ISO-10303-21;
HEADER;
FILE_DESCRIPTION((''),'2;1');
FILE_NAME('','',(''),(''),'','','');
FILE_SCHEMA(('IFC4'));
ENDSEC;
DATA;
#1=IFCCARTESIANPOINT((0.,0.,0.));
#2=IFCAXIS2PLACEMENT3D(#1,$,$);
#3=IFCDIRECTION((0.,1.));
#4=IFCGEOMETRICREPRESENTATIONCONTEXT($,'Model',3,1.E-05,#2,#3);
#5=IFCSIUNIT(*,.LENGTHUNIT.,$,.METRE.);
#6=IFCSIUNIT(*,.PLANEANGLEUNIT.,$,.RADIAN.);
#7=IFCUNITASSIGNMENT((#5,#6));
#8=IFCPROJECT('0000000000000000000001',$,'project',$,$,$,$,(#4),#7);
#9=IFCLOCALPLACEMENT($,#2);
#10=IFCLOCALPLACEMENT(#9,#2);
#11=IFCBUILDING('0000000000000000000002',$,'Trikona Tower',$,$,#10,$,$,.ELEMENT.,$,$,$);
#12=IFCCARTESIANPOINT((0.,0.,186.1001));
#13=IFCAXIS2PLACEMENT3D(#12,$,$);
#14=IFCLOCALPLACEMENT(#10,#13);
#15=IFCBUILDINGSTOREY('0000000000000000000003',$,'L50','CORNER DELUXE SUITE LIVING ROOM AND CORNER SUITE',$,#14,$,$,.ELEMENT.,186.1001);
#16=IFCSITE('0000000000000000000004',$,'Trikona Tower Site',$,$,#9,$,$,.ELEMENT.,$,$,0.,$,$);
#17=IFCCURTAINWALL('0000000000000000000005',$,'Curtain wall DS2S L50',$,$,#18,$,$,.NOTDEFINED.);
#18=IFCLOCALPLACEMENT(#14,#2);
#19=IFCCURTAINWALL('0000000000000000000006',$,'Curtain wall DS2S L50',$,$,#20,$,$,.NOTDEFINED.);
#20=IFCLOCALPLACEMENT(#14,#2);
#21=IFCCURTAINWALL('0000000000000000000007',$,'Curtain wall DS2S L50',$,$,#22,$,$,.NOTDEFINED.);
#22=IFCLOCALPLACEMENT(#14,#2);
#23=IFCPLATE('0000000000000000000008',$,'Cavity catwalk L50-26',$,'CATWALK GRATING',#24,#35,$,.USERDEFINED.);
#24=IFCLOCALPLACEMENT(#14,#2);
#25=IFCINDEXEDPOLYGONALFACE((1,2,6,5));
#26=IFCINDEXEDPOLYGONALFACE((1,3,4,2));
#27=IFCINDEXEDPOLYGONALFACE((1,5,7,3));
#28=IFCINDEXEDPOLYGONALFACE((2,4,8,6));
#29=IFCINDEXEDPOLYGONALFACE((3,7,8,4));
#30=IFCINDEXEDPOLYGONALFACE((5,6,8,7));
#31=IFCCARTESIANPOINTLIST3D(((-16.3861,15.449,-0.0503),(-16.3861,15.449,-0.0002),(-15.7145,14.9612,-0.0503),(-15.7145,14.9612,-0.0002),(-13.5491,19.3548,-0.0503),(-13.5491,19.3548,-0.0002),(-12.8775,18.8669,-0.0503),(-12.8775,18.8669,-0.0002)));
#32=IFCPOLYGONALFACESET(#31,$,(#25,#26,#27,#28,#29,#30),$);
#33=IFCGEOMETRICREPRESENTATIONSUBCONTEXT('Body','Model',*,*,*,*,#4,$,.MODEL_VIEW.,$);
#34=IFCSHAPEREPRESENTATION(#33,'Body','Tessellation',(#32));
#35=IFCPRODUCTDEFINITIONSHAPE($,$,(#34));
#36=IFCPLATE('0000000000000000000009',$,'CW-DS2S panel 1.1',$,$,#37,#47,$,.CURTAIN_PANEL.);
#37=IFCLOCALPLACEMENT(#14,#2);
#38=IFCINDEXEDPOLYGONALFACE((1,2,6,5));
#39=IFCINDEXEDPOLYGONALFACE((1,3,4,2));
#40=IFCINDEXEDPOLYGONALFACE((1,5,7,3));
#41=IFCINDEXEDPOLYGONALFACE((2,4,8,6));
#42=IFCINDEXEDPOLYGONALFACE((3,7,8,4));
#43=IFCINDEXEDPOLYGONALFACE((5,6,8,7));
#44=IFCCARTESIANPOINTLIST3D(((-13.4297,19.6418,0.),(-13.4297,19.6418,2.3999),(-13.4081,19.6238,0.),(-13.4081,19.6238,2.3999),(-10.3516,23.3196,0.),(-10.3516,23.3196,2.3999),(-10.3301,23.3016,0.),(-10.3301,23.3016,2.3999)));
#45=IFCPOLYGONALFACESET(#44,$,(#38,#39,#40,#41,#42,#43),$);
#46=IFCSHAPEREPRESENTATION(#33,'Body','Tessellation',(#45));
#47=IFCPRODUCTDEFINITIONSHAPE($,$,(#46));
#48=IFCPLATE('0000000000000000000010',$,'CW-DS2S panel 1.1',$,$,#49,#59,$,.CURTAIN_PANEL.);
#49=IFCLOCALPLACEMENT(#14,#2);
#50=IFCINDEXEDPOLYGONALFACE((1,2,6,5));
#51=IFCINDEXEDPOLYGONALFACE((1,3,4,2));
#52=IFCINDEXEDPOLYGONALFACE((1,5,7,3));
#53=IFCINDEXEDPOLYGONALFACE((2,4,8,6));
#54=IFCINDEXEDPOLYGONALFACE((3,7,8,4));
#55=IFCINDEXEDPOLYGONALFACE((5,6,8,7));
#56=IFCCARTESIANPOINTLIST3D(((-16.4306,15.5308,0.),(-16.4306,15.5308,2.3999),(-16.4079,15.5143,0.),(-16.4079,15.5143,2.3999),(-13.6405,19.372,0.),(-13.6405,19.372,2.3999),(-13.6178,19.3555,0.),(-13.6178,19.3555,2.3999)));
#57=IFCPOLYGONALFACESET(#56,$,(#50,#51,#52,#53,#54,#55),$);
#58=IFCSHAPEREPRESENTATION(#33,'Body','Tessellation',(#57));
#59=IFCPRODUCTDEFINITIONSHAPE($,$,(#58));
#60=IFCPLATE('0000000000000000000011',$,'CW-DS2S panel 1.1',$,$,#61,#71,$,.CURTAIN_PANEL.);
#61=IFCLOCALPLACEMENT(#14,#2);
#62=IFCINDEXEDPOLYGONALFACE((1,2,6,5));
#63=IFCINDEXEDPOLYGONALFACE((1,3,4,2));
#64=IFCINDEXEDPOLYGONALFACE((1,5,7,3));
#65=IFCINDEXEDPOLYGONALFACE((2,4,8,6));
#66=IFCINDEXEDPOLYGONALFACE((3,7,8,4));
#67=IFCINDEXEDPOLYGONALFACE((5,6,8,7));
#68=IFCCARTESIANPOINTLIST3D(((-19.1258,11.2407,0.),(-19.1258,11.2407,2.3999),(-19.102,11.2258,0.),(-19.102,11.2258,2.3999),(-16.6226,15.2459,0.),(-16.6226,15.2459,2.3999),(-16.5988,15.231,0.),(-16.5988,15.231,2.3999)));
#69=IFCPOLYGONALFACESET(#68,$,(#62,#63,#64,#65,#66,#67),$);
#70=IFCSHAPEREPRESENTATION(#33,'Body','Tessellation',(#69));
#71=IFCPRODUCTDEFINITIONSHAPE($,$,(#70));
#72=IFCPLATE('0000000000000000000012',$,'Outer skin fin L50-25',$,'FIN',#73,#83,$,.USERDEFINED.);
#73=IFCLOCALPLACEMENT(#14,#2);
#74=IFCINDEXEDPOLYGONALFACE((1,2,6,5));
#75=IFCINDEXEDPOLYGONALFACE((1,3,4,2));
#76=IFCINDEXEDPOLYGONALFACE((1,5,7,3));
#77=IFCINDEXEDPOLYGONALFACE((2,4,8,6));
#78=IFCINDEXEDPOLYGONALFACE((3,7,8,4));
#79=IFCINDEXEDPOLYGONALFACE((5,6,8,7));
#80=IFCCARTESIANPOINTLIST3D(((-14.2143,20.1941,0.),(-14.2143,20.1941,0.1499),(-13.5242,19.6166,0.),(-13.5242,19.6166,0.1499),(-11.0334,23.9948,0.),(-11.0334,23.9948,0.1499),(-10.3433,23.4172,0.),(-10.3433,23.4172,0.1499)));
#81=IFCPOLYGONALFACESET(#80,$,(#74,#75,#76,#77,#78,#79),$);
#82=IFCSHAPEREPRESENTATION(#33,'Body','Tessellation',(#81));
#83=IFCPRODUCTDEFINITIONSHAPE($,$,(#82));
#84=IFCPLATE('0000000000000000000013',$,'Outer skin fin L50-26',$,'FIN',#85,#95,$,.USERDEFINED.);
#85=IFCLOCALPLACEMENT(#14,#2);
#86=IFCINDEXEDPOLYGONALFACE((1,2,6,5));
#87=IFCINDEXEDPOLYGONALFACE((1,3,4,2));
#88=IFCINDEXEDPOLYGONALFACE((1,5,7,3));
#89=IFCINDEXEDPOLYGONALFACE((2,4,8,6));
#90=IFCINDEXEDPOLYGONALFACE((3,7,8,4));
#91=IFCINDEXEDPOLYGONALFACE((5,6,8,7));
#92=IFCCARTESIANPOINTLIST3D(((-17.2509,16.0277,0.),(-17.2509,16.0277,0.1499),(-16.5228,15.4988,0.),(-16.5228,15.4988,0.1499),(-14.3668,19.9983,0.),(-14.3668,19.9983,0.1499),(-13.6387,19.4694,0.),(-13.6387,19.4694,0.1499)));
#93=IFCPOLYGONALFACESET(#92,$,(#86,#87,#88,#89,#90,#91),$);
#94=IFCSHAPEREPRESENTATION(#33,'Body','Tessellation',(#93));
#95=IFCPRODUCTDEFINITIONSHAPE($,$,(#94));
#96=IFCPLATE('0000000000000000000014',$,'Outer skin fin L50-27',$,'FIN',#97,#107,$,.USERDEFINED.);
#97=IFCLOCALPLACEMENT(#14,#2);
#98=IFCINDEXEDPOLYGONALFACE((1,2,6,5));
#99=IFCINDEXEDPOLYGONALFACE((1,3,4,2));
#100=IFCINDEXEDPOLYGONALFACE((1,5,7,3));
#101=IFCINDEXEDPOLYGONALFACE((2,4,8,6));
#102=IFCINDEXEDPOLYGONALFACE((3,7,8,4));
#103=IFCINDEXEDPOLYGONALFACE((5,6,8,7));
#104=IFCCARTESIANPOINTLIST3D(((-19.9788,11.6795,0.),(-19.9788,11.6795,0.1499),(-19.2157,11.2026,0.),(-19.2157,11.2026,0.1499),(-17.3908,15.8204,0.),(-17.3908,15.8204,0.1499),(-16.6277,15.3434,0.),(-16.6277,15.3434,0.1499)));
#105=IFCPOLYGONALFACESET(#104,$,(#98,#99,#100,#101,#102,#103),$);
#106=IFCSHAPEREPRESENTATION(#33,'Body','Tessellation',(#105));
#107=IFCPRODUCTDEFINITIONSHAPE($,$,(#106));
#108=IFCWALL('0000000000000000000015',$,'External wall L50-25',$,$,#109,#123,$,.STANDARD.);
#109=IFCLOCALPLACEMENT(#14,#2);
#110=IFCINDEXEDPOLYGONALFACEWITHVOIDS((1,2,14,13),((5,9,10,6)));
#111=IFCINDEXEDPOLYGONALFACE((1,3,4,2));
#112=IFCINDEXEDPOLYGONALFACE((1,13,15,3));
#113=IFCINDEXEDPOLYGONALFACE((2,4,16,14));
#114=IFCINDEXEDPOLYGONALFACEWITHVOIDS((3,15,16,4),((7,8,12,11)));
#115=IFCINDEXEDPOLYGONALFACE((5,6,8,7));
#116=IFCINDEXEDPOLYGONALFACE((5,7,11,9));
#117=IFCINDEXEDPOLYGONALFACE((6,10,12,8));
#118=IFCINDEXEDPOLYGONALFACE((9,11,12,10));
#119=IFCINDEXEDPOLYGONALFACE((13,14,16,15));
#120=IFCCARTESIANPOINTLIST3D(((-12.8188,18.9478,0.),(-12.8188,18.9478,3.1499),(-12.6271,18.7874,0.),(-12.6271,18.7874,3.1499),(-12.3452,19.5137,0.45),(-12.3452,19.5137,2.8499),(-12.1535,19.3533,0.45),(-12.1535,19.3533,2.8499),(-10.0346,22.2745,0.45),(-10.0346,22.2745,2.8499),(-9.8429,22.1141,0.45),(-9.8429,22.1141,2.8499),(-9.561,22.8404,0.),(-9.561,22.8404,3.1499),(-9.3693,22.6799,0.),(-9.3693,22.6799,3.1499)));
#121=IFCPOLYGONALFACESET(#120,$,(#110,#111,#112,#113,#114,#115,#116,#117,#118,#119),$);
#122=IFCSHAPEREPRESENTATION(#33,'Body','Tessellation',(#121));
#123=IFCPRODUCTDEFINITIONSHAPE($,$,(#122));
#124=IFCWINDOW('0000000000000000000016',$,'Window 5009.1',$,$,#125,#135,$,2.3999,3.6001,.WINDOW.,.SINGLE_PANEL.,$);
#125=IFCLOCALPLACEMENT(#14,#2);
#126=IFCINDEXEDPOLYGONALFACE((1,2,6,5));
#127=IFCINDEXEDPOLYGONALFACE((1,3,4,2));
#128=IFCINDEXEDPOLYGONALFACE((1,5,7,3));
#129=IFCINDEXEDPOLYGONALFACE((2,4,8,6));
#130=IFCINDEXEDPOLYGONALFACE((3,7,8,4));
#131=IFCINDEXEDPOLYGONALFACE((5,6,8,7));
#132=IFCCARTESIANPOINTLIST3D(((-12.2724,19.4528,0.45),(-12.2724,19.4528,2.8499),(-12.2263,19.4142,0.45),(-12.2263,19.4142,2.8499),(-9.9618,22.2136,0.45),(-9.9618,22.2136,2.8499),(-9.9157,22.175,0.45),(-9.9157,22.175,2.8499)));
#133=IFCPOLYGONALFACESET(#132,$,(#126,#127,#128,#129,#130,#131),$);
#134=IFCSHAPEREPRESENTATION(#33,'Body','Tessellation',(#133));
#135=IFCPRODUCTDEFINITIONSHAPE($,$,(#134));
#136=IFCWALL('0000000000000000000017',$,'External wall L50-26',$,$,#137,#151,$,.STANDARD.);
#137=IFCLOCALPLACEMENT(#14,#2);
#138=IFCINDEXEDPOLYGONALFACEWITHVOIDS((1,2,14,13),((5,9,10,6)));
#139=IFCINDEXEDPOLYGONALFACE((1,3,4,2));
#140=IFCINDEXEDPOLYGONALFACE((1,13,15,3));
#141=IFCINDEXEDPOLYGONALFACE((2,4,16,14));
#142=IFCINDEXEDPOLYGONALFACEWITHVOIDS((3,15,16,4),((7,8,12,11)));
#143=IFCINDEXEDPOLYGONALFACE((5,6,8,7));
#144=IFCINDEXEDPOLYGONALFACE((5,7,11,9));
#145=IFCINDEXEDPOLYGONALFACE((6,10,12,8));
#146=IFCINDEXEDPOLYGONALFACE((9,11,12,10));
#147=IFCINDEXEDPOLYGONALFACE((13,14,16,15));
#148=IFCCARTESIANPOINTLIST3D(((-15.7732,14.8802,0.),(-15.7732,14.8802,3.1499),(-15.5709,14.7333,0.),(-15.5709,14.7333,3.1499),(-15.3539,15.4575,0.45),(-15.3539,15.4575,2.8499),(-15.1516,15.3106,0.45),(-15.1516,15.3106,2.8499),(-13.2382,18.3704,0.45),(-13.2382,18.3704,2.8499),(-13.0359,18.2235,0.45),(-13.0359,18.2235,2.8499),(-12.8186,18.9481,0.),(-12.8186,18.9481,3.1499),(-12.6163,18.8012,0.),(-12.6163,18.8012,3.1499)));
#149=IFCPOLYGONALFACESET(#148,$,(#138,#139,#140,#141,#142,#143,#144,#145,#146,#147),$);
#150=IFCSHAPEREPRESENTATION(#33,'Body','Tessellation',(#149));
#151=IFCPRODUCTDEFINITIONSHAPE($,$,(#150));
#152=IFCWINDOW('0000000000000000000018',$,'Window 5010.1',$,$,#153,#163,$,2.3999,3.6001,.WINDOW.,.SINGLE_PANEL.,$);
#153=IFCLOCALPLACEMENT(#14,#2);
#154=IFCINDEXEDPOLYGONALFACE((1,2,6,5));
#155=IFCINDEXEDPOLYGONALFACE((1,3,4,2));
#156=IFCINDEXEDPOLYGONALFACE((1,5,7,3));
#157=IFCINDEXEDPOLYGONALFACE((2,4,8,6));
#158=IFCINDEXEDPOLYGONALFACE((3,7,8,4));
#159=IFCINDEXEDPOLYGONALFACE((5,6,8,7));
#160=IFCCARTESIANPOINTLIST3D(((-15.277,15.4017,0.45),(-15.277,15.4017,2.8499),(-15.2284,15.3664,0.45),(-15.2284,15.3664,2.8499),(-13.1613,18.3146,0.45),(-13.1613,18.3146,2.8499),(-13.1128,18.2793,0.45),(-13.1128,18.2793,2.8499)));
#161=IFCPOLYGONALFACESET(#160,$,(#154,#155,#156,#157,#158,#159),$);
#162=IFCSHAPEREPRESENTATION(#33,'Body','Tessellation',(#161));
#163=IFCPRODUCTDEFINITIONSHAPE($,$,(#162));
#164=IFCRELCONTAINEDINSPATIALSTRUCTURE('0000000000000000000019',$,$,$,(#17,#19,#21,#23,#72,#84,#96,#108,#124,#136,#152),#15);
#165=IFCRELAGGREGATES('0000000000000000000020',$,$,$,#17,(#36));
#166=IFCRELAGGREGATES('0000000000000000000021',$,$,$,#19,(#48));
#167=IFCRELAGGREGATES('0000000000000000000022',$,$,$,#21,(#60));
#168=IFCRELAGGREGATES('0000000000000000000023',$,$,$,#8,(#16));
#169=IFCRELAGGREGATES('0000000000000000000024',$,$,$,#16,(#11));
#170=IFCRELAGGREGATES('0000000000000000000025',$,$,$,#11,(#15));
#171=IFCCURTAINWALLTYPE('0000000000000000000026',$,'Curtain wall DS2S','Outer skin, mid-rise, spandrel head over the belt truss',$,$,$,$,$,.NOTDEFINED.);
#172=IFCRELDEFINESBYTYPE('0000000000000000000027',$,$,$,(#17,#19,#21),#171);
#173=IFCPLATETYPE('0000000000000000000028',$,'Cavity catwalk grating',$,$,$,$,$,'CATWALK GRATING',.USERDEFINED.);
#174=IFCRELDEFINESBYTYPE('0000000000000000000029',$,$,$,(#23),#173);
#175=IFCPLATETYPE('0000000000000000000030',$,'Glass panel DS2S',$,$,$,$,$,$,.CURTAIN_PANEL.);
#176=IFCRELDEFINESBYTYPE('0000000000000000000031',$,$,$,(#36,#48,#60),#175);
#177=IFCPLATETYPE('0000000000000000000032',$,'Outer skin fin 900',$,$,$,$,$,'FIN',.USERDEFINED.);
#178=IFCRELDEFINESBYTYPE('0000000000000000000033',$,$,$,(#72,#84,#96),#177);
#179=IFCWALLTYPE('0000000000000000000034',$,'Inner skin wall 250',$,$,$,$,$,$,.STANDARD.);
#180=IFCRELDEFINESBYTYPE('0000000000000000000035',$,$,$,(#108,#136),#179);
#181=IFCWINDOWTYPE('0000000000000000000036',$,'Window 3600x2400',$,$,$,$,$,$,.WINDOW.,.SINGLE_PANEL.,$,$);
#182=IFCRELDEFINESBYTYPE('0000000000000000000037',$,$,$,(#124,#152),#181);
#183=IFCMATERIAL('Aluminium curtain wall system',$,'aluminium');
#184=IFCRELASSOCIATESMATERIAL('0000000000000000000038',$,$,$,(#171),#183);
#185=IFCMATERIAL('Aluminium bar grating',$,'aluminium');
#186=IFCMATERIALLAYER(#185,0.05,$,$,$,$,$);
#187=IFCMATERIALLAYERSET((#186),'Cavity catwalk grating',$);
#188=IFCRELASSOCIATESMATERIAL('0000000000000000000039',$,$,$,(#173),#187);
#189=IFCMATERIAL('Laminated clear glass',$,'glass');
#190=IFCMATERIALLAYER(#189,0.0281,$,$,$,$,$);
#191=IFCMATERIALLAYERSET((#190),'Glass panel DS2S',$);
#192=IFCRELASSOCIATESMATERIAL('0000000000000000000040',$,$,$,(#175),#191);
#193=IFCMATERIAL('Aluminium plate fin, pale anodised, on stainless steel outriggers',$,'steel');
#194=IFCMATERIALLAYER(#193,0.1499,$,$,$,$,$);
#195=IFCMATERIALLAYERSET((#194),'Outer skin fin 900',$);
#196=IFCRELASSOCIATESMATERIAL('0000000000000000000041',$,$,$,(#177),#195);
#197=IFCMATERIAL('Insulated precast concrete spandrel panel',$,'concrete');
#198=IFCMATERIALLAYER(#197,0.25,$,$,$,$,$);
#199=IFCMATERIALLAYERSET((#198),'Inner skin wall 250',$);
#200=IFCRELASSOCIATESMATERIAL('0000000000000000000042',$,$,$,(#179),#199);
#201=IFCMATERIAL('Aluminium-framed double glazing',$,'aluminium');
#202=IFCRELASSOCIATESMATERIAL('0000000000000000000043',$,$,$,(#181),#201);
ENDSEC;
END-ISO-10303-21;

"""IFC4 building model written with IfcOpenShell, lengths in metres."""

from ifc_helpers import new_model, si_unit, direction, frame, frame_2d, origin, origin_2d, place, context, subcontext, project, spatial, rectangle, extrude, material, layer, layer_set, type_object, element, fill, aggregate, save


model = new_model("IFC4")

# Units and contexts
model_context = context("Model", 3, precision=1e-05, world=origin(), true_north=direction((0.0, 1.0)))
body_context = subcontext(model_context, "Body", "Model", "MODEL_VIEW")
ifc_project = project(units=[si_unit("LENGTHUNIT", "METRE"), si_unit("PLANEANGLEUNIT", "RADIAN")], contexts=[model_context])

# Site, building, storey
site_placement = place(None, origin())
site = spatial("IfcSite", under=ifc_project, at=site_placement, Name="Trikona Tower Site", CompositionType="ELEMENT", RefElevation=0.0)
building_placement = place(site_placement, origin())
building = spatial("IfcBuilding", under=site, at=building_placement, Name="Trikona Tower", CompositionType="ELEMENT")
storey_placement = place(building_placement, frame((0.0, 0.0, 186.1001)))
storey = spatial("IfcBuildingStorey", under=building, at=storey_placement, Name="L50", Description="CORNER DELUXE SUITE LIVING ROOM AND CORNER SUITE", CompositionType="ELEMENT", Elevation=186.1001)

# Shared definitions
ifc_material_1 = material(Name="Aluminium curtain wall system", Category="aluminium")
curtain_wall_type = type_object("IfcCurtainWallType", Name="Curtain wall DS2S", Description="Outer skin, mid-rise, spandrel head over the belt truss", PredefinedType="NOTDEFINED", material=ifc_material_1)

# Curtain walls
curtain_wall_1_placement = place(storey_placement, origin())
curtain_wall_1 = element("IfcCurtainWall", 1, at=curtain_wall_1_placement, inside=storey, type_object=curtain_wall_type, Name="Curtain wall DS2S L50", PredefinedType="NOTDEFINED")
curtain_wall_2_placement = place(storey_placement, origin())
curtain_wall_2 = element("IfcCurtainWall", 2, at=curtain_wall_2_placement, inside=storey, type_object=curtain_wall_type, Name="Curtain wall DS2S L50", PredefinedType="NOTDEFINED")

# Curtain wall
curtain_wall_3_placement = place(storey_placement, origin())
curtain_wall_3 = element("IfcCurtainWall", 3, at=curtain_wall_3_placement, inside=storey, type_object=curtain_wall_type, Name="Curtain wall DS2S L50", PredefinedType="NOTDEFINED")

# Plate
ifc_material_2 = material(Name="Aluminium bar grating", Category="aluminium")
ifc_layer_1 = layer(ifc_material_2, 0.05)
ifc_layer_set_1 = layer_set([ifc_layer_1], Name="Cavity catwalk grating")
plate_type_1 = type_object("IfcPlateType", Name="Cavity catwalk grating", ElementType="CATWALK GRATING", PredefinedType="USERDEFINED", material=ifc_layer_set_1)
plate_1_placement = place(storey_placement, frame((-14.6318, 17.158, -0.0503), z_axis=(0.0, 0.0, 1.0), x_axis=(-0.587686, -0.809089, 0.0)))
element("IfcPlate", 4, at=plate_1_placement, inside=storey, type_object=plate_type_1, Name="Cavity catwalk L50-26", ObjectType="CATWALK GRATING", PredefinedType="USERDEFINED", context=body_context, shape_type="SweptSolid", body=[
    extrude(rectangle(XDim=4.8274, YDim=0.8301, at=origin_2d()), origin(), (0.0, 0.0, 1.0), 0.05),
])

# Plates
ifc_material_3 = material(Name="Laminated clear glass", Category="glass")
ifc_layer_2 = layer(ifc_material_3, 0.0281)
ifc_layer_set_2 = layer_set([ifc_layer_2], Name="Glass panel DS2S")
plate_type_2 = type_object("IfcPlateType", Name="Glass panel DS2S", PredefinedType="CURTAIN_PANEL", material=ifc_layer_set_2)
plate_2_placement = place(storey_placement, frame((-11.8799, 21.4717, 0.0), z_axis=(0.0, 0.0, 1.0), x_axis=(-0.641806, -0.766867, 0.0)))
plate_2 = element("IfcPlate", 5, at=plate_2_placement, type_object=plate_type_2, Name="CW-DS2S panel 1.1", PredefinedType="CURTAIN_PANEL", context=body_context, shape_type="SweptSolid", body=[
    extrude(rectangle(XDim=4.7959, YDim=0.0281, at=origin_2d()), origin(), (0.0, 0.0, 1.0), 2.3999),
])
aggregate(curtain_wall_1, [plate_2])
plate_3_placement = place(storey_placement, frame((-15.0242, 17.4431, 0.0), z_axis=(0.0, 0.0, 1.0), x_axis=(-0.587691, -0.809086, 0.0)))
plate_3 = element("IfcPlate", 6, at=plate_3_placement, type_object=plate_type_2, Name="CW-DS2S panel 1.1", PredefinedType="CURTAIN_PANEL", context=body_context, shape_type="SweptSolid", body=[
    extrude(rectangle(XDim=4.7476, YDim=0.0281, at=origin_2d()), origin(), (0.0, 0.0, 1.0), 2.3999),
])
aggregate(curtain_wall_2, [plate_3])
plate_4_placement = place(storey_placement, frame((-17.8623, 13.2358, 0.0), z_axis=(0.0, 0.0, 1.0), x_axis=(-0.529999, -0.847998, 0.0)))
plate_4 = element("IfcPlate", 7, at=plate_4_placement, type_object=plate_type_2, Name="CW-DS2S panel 1.1", PredefinedType="CURTAIN_PANEL", context=body_context, shape_type="SweptSolid", body=[
    extrude(rectangle(XDim=4.7231, YDim=0.0281, at=origin_2d()), origin(), (0.0, 0.0, 1.0), 2.3999),
])
aggregate(curtain_wall_3, [plate_4])

# Plates
ifc_material_4 = material(Name="Aluminium plate fin, pale anodised, on stainless steel outriggers", Category="steel")
ifc_layer_3 = layer(ifc_material_4, 0.1499)
ifc_layer_set_3 = layer_set([ifc_layer_3], Name="Outer skin fin 900")
plate_type_3 = type_object("IfcPlateType", Name="Outer skin fin 900", ElementType="FIN", PredefinedType="USERDEFINED", material=ifc_layer_set_3)
plate_5_placement = place(storey_placement, frame((-12.2788, 21.8057, 0.0), z_axis=(0.0, 0.0, 1.0), x_axis=(-0.641807, -0.766866, 0.0)))
element("IfcPlate", 8, at=plate_5_placement, inside=storey, type_object=plate_type_3, Name="Outer skin fin L50-25", ObjectType="FIN", PredefinedType="USERDEFINED", context=body_context, shape_type="SweptSolid", body=[
    extrude(rectangle(XDim=4.9561, YDim=0.8999, at=origin_2d()), origin(), (0.0, 0.0, 1.0), 0.1499),
])
plate_6_placement = place(storey_placement, frame((-15.4448, 17.7485, 0.0), z_axis=(0.0, 0.0, 1.0), x_axis=(-0.587686, -0.809089, 0.0)))
element("IfcPlate", 9, at=plate_6_placement, inside=storey, type_object=plate_type_3, Name="Outer skin fin L50-26", ObjectType="FIN", PredefinedType="USERDEFINED", context=body_context, shape_type="SweptSolid", body=[
    extrude(rectangle(XDim=4.9075, YDim=0.8999, at=origin_2d()), origin(), (0.0, 0.0, 1.0), 0.1499),
])
plate_7_placement = place(storey_placement, frame((-18.3032, 13.5115, 0.0), z_axis=(0.0, 0.0, 1.0), x_axis=(-0.529995, -0.848001, 0.0)))
element("IfcPlate", 10, at=plate_7_placement, inside=storey, type_object=plate_type_3, Name="Outer skin fin L50-27", ObjectType="FIN", PredefinedType="USERDEFINED", context=body_context, shape_type="SweptSolid", body=[
    extrude(rectangle(XDim=4.8831, YDim=0.8999, at=origin_2d()), origin(), (0.0, 0.0, 1.0), 0.1499),
])

# Walls, openings, windows
ifc_material_5 = material(Name="Insulated precast concrete spandrel panel", Category="concrete")
ifc_layer_4 = layer(ifc_material_5, 0.25)
ifc_layer_set_4 = layer_set([ifc_layer_4], Name="Inner skin wall 250")
wall_type = type_object("IfcWallType", Name="Inner skin wall 250", PredefinedType="STANDARD", material=ifc_layer_set_4)
wall_1_placement = place(storey_placement, frame((-9.4651, 22.7603, 0.0), z_axis=(0.0, 0.0, 1.0), x_axis=(-0.64181, -0.766863, 0.0)))
wall_1 = element("IfcWall", 11, at=wall_1_placement, inside=storey, type_object=wall_type, Name="External wall L50-25", PredefinedType="STANDARD", context=body_context, shape_type="SweptSolid", body=[
    extrude(rectangle(XDim=5.0759, YDim=0.25, at=frame_2d((2.5381, 0.0))), origin(), (0.0, 0.0, 1.0), 3.1499),
])
opening_1_placement = place(wall_1_placement, frame((0.738, 0.0, 0.45)))
opening_1 = element("IfcOpeningElement", 12, at=opening_1_placement, cuts=wall_1, PredefinedType="OPENING", context=body_context, shape_type="SweptSolid", body=[
    extrude(rectangle(XDim=3.6001, YDim=2.3999, at=frame_2d((1.8, 1.2))), frame((0.0, 0.135, 0.0), z_axis=(0.0, -1.0, 0.0), x_axis=(1.0, 0.0, 0.0)), (0.0, 0.0, 1.0), 0.27),
])
ifc_material_6 = material(Name="Aluminium-framed double glazing", Category="aluminium")
window_type = type_object("IfcWindowType", Name="Window 3600x2400", PartitioningType="SINGLE_PANEL", PredefinedType="WINDOW", material=ifc_material_6)
window_1_placement = place(opening_1_placement, origin())
window_1 = element("IfcWindow", 13, at=window_1_placement, inside=storey, type_object=window_type, Name="Window 5009.1", OverallHeight=2.3999, OverallWidth=3.6001, PartitioningType="SINGLE_PANEL", PredefinedType="WINDOW", context=body_context, shape_type="SweptSolid", body=[
    extrude(rectangle(XDim=3.6001, YDim=2.3999, at=frame_2d((1.8, 1.2))), frame((0.0, 0.03, 0.0), z_axis=(0.0, -1.0, 0.0), x_axis=(1.0, 0.0, 0.0)), (0.0, 0.0, 1.0), 0.0601),
])
fill(opening_1, window_1)
wall_2_placement = place(storey_placement, frame((-12.7175, 18.8745, 0.0), z_axis=(0.0, 0.0, 1.0), x_axis=(-0.587669, -0.809101, 0.0)))
wall_2 = element("IfcWall", 14, at=wall_2_placement, inside=storey, type_object=wall_type, Name="External wall L50-26", PredefinedType="STANDARD", context=body_context, shape_type="SweptSolid", body=[
    extrude(rectangle(XDim=5.0276, YDim=0.25, at=frame_2d((2.5137, 0.0))), origin(), (0.0, 0.0, 1.0), 3.1499),
])
opening_2_placement = place(wall_2_placement, frame((0.7139, 0.0, 0.45)))
opening_2 = element("IfcOpeningElement", 15, at=opening_2_placement, cuts=wall_2, PredefinedType="OPENING", context=body_context, shape_type="SweptSolid", body=[
    extrude(rectangle(XDim=3.6001, YDim=2.3999, at=frame_2d((1.8, 1.2))), frame((0.0, 0.135, 0.0), z_axis=(0.0, -1.0, 0.0), x_axis=(1.0, 0.0, 0.0)), (0.0, 0.0, 1.0), 0.27),
])
window_2_placement = place(opening_2_placement, origin())
window_2 = element("IfcWindow", 16, at=window_2_placement, inside=storey, type_object=window_type, Name="Window 5010.1", OverallHeight=2.3999, OverallWidth=3.6001, PartitioningType="SINGLE_PANEL", PredefinedType="WINDOW", context=body_context, shape_type="SweptSolid", body=[
    extrude(rectangle(XDim=3.6001, YDim=2.3999, at=frame_2d((1.8, 1.2))), frame((0.0, 0.03, 0.0), z_axis=(0.0, -1.0, 0.0), x_axis=(1.0, 0.0, 0.0)), (0.0, 0.0, 1.0), 0.0601),
])
fill(opening_2, window_2)

save(model, "model.ifc")
